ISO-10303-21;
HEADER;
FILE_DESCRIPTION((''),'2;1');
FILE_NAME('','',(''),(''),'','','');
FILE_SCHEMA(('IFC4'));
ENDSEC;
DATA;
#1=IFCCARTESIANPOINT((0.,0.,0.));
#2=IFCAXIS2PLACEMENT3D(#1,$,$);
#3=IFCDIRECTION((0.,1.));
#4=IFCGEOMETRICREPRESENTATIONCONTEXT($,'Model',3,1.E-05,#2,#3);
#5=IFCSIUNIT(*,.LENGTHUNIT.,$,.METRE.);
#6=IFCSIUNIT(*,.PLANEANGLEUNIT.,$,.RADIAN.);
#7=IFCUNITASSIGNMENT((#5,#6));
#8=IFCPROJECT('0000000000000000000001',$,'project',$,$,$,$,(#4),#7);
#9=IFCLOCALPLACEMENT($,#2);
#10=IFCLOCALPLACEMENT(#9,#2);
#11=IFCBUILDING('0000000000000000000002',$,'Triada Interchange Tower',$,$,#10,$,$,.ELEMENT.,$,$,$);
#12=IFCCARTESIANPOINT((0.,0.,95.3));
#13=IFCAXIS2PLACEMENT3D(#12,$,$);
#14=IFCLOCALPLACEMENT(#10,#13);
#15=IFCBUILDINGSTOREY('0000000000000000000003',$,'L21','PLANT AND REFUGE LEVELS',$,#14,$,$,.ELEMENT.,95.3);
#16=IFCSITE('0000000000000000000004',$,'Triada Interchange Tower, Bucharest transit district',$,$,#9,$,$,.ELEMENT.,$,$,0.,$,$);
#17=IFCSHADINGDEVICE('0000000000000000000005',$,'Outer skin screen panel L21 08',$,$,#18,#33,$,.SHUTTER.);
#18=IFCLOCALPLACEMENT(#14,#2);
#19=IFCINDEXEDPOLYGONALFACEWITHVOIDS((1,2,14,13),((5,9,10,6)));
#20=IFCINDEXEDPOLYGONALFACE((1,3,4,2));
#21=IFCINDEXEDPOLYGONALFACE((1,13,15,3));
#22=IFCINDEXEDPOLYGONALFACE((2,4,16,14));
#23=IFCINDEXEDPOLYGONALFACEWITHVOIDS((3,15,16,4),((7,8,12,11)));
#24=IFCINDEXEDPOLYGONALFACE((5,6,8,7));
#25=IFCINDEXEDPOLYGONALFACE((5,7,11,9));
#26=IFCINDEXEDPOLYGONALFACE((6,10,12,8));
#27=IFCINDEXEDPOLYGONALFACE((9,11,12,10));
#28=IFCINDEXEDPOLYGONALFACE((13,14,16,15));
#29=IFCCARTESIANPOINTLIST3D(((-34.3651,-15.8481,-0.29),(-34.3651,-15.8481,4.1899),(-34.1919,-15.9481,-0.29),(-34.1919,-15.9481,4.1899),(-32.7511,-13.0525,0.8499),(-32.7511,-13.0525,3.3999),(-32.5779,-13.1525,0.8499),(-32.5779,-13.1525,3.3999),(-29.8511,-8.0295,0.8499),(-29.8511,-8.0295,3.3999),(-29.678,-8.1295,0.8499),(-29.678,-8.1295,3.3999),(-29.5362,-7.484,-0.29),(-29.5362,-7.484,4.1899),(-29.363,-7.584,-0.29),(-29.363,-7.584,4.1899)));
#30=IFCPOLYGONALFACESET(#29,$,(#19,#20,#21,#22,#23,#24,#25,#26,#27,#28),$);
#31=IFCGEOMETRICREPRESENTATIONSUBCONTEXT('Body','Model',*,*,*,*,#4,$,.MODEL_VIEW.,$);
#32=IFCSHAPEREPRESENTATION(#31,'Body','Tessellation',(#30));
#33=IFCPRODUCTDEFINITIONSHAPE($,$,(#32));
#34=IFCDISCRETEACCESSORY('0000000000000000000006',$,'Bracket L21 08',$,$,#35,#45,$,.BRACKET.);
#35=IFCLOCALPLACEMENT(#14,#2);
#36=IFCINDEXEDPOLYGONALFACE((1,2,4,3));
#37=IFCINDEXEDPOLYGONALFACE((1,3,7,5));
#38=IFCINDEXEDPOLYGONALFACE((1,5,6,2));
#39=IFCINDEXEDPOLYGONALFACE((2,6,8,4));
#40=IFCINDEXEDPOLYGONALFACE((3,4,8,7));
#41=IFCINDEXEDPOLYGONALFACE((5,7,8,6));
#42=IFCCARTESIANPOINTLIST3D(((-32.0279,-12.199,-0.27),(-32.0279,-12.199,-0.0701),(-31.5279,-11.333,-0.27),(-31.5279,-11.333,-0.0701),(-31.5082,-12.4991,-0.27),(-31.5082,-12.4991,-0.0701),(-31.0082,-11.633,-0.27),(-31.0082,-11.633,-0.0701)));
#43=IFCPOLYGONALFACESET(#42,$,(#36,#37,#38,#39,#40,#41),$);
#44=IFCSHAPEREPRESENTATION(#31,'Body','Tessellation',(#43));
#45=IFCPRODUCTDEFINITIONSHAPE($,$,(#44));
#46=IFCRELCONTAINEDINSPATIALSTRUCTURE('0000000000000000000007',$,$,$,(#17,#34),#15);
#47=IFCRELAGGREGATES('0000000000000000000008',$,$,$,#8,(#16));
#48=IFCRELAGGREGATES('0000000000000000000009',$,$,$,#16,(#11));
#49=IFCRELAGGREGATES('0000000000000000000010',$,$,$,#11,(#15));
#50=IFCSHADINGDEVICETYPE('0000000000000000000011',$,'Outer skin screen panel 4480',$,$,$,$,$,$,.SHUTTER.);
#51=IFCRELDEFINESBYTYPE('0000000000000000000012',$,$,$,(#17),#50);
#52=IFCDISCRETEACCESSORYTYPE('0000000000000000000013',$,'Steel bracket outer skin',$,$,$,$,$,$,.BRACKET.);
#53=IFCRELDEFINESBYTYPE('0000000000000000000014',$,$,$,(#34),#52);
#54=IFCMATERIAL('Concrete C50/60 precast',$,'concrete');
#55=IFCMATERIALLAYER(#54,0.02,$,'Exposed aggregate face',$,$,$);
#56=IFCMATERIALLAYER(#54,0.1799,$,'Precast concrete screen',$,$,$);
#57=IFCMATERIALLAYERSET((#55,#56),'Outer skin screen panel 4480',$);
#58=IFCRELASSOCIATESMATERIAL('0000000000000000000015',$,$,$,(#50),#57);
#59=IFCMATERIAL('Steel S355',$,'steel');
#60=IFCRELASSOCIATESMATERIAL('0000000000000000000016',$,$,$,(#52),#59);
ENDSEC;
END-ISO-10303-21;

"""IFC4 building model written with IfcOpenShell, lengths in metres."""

from ifc_helpers import new_model, si_unit, direction, frame, origin, origin_2d, place, context, subcontext, project, spatial, polyline, rectangle, outline, extrude, material, layer, layer_set, type_object, element, save


model = new_model("IFC4")

# Units and contexts
model_context = context("Model", 3, precision=1e-05, world=origin(), true_north=direction((0.0, 1.0)))
body_context = subcontext(model_context, "Body", "Model", "MODEL_VIEW")
ifc_project = project(units=[si_unit("LENGTHUNIT", "METRE"), si_unit("PLANEANGLEUNIT", "RADIAN")], contexts=[model_context])

# Site, building, storey
site_placement = place(None, origin())
site = spatial("IfcSite", under=ifc_project, at=site_placement, Name="Triada Interchange Tower, Bucharest transit district", CompositionType="ELEMENT", RefElevation=0.0)
building_placement = place(site_placement, origin())
building = spatial("IfcBuilding", under=site, at=building_placement, Name="Triada Interchange Tower", CompositionType="ELEMENT")
storey_placement = place(building_placement, frame((0.0, 0.0, 95.3)))
storey = spatial("IfcBuildingStorey", under=building, at=storey_placement, Name="L21", Description="PLANT AND REFUGE LEVELS", CompositionType="ELEMENT", Elevation=95.3)

# Shared definitions
ifc_material_1 = material(Name="Steel S355", Category="steel")

# Shading device
ifc_material_2 = material(Name="Concrete C50/60 precast", Category="concrete")
ifc_layer_1 = layer(ifc_material_2, 0.02, Name="Exposed aggregate face")
ifc_layer_2 = layer(ifc_material_2, 0.1799, Name="Precast concrete screen")
ifc_layer_set_1 = layer_set([ifc_layer_1, ifc_layer_2], Name="Outer skin screen panel 4480")
shading_device_type = type_object("IfcShadingDeviceType", Name="Outer skin screen panel 4480", PredefinedType="SHUTTER", material=ifc_layer_set_1)
shading_device_placement = place(storey_placement, frame((-29.363, -7.584, -0.29), z_axis=(0.0, 0.0, 1.0), x_axis=(-0.499992, -0.86603, 0.0)))
element("IfcShadingDevice", 1, at=shading_device_placement, inside=storey, type_object=shading_device_type, Name="Outer skin screen panel L21 08", PredefinedType="SHUTTER", context=body_context, shape_type="SweptSolid", body=[
    extrude(outline(polyline([(0.0, 0.0), (9.658, 0.0), (9.658, 4.48), (0.0, 4.48), (0.0, 0.0)]), holes=[polyline([(0.6299, 1.1399), (0.6299, 3.6899), (6.4299, 3.6899), (6.4299, 1.1399), (0.6299, 1.1399)])]), frame((0.0, 0.0, 0.0), z_axis=(0.0, -1.0, 0.0), x_axis=(1.0, 0.0, 0.0)), (0.0, 0.0, 1.0), 0.2),
])

# Discrete accessory
discrete_accessory_type = type_object("IfcDiscreteAccessoryType", Name="Steel bracket outer skin", PredefinedType="BRACKET", material=ifc_material_1)
discrete_accessory_placement = place(storey_placement, frame((-31.5181, -11.916, -0.27), z_axis=(0.0, 0.0, 1.0), x_axis=(-0.866021, 0.500007, 0.0)))
element("IfcDiscreteAccessory", 2, at=discrete_accessory_placement, inside=storey, type_object=discrete_accessory_type, Name="Bracket L21 08", PredefinedType="BRACKET", context=body_context, shape_type="SweptSolid", body=[
    extrude(rectangle(XDim=0.6001, YDim=1.0, at=origin_2d()), origin(), (0.0, 0.0, 1.0), 0.2),
])

save(model, "model.ifc")
